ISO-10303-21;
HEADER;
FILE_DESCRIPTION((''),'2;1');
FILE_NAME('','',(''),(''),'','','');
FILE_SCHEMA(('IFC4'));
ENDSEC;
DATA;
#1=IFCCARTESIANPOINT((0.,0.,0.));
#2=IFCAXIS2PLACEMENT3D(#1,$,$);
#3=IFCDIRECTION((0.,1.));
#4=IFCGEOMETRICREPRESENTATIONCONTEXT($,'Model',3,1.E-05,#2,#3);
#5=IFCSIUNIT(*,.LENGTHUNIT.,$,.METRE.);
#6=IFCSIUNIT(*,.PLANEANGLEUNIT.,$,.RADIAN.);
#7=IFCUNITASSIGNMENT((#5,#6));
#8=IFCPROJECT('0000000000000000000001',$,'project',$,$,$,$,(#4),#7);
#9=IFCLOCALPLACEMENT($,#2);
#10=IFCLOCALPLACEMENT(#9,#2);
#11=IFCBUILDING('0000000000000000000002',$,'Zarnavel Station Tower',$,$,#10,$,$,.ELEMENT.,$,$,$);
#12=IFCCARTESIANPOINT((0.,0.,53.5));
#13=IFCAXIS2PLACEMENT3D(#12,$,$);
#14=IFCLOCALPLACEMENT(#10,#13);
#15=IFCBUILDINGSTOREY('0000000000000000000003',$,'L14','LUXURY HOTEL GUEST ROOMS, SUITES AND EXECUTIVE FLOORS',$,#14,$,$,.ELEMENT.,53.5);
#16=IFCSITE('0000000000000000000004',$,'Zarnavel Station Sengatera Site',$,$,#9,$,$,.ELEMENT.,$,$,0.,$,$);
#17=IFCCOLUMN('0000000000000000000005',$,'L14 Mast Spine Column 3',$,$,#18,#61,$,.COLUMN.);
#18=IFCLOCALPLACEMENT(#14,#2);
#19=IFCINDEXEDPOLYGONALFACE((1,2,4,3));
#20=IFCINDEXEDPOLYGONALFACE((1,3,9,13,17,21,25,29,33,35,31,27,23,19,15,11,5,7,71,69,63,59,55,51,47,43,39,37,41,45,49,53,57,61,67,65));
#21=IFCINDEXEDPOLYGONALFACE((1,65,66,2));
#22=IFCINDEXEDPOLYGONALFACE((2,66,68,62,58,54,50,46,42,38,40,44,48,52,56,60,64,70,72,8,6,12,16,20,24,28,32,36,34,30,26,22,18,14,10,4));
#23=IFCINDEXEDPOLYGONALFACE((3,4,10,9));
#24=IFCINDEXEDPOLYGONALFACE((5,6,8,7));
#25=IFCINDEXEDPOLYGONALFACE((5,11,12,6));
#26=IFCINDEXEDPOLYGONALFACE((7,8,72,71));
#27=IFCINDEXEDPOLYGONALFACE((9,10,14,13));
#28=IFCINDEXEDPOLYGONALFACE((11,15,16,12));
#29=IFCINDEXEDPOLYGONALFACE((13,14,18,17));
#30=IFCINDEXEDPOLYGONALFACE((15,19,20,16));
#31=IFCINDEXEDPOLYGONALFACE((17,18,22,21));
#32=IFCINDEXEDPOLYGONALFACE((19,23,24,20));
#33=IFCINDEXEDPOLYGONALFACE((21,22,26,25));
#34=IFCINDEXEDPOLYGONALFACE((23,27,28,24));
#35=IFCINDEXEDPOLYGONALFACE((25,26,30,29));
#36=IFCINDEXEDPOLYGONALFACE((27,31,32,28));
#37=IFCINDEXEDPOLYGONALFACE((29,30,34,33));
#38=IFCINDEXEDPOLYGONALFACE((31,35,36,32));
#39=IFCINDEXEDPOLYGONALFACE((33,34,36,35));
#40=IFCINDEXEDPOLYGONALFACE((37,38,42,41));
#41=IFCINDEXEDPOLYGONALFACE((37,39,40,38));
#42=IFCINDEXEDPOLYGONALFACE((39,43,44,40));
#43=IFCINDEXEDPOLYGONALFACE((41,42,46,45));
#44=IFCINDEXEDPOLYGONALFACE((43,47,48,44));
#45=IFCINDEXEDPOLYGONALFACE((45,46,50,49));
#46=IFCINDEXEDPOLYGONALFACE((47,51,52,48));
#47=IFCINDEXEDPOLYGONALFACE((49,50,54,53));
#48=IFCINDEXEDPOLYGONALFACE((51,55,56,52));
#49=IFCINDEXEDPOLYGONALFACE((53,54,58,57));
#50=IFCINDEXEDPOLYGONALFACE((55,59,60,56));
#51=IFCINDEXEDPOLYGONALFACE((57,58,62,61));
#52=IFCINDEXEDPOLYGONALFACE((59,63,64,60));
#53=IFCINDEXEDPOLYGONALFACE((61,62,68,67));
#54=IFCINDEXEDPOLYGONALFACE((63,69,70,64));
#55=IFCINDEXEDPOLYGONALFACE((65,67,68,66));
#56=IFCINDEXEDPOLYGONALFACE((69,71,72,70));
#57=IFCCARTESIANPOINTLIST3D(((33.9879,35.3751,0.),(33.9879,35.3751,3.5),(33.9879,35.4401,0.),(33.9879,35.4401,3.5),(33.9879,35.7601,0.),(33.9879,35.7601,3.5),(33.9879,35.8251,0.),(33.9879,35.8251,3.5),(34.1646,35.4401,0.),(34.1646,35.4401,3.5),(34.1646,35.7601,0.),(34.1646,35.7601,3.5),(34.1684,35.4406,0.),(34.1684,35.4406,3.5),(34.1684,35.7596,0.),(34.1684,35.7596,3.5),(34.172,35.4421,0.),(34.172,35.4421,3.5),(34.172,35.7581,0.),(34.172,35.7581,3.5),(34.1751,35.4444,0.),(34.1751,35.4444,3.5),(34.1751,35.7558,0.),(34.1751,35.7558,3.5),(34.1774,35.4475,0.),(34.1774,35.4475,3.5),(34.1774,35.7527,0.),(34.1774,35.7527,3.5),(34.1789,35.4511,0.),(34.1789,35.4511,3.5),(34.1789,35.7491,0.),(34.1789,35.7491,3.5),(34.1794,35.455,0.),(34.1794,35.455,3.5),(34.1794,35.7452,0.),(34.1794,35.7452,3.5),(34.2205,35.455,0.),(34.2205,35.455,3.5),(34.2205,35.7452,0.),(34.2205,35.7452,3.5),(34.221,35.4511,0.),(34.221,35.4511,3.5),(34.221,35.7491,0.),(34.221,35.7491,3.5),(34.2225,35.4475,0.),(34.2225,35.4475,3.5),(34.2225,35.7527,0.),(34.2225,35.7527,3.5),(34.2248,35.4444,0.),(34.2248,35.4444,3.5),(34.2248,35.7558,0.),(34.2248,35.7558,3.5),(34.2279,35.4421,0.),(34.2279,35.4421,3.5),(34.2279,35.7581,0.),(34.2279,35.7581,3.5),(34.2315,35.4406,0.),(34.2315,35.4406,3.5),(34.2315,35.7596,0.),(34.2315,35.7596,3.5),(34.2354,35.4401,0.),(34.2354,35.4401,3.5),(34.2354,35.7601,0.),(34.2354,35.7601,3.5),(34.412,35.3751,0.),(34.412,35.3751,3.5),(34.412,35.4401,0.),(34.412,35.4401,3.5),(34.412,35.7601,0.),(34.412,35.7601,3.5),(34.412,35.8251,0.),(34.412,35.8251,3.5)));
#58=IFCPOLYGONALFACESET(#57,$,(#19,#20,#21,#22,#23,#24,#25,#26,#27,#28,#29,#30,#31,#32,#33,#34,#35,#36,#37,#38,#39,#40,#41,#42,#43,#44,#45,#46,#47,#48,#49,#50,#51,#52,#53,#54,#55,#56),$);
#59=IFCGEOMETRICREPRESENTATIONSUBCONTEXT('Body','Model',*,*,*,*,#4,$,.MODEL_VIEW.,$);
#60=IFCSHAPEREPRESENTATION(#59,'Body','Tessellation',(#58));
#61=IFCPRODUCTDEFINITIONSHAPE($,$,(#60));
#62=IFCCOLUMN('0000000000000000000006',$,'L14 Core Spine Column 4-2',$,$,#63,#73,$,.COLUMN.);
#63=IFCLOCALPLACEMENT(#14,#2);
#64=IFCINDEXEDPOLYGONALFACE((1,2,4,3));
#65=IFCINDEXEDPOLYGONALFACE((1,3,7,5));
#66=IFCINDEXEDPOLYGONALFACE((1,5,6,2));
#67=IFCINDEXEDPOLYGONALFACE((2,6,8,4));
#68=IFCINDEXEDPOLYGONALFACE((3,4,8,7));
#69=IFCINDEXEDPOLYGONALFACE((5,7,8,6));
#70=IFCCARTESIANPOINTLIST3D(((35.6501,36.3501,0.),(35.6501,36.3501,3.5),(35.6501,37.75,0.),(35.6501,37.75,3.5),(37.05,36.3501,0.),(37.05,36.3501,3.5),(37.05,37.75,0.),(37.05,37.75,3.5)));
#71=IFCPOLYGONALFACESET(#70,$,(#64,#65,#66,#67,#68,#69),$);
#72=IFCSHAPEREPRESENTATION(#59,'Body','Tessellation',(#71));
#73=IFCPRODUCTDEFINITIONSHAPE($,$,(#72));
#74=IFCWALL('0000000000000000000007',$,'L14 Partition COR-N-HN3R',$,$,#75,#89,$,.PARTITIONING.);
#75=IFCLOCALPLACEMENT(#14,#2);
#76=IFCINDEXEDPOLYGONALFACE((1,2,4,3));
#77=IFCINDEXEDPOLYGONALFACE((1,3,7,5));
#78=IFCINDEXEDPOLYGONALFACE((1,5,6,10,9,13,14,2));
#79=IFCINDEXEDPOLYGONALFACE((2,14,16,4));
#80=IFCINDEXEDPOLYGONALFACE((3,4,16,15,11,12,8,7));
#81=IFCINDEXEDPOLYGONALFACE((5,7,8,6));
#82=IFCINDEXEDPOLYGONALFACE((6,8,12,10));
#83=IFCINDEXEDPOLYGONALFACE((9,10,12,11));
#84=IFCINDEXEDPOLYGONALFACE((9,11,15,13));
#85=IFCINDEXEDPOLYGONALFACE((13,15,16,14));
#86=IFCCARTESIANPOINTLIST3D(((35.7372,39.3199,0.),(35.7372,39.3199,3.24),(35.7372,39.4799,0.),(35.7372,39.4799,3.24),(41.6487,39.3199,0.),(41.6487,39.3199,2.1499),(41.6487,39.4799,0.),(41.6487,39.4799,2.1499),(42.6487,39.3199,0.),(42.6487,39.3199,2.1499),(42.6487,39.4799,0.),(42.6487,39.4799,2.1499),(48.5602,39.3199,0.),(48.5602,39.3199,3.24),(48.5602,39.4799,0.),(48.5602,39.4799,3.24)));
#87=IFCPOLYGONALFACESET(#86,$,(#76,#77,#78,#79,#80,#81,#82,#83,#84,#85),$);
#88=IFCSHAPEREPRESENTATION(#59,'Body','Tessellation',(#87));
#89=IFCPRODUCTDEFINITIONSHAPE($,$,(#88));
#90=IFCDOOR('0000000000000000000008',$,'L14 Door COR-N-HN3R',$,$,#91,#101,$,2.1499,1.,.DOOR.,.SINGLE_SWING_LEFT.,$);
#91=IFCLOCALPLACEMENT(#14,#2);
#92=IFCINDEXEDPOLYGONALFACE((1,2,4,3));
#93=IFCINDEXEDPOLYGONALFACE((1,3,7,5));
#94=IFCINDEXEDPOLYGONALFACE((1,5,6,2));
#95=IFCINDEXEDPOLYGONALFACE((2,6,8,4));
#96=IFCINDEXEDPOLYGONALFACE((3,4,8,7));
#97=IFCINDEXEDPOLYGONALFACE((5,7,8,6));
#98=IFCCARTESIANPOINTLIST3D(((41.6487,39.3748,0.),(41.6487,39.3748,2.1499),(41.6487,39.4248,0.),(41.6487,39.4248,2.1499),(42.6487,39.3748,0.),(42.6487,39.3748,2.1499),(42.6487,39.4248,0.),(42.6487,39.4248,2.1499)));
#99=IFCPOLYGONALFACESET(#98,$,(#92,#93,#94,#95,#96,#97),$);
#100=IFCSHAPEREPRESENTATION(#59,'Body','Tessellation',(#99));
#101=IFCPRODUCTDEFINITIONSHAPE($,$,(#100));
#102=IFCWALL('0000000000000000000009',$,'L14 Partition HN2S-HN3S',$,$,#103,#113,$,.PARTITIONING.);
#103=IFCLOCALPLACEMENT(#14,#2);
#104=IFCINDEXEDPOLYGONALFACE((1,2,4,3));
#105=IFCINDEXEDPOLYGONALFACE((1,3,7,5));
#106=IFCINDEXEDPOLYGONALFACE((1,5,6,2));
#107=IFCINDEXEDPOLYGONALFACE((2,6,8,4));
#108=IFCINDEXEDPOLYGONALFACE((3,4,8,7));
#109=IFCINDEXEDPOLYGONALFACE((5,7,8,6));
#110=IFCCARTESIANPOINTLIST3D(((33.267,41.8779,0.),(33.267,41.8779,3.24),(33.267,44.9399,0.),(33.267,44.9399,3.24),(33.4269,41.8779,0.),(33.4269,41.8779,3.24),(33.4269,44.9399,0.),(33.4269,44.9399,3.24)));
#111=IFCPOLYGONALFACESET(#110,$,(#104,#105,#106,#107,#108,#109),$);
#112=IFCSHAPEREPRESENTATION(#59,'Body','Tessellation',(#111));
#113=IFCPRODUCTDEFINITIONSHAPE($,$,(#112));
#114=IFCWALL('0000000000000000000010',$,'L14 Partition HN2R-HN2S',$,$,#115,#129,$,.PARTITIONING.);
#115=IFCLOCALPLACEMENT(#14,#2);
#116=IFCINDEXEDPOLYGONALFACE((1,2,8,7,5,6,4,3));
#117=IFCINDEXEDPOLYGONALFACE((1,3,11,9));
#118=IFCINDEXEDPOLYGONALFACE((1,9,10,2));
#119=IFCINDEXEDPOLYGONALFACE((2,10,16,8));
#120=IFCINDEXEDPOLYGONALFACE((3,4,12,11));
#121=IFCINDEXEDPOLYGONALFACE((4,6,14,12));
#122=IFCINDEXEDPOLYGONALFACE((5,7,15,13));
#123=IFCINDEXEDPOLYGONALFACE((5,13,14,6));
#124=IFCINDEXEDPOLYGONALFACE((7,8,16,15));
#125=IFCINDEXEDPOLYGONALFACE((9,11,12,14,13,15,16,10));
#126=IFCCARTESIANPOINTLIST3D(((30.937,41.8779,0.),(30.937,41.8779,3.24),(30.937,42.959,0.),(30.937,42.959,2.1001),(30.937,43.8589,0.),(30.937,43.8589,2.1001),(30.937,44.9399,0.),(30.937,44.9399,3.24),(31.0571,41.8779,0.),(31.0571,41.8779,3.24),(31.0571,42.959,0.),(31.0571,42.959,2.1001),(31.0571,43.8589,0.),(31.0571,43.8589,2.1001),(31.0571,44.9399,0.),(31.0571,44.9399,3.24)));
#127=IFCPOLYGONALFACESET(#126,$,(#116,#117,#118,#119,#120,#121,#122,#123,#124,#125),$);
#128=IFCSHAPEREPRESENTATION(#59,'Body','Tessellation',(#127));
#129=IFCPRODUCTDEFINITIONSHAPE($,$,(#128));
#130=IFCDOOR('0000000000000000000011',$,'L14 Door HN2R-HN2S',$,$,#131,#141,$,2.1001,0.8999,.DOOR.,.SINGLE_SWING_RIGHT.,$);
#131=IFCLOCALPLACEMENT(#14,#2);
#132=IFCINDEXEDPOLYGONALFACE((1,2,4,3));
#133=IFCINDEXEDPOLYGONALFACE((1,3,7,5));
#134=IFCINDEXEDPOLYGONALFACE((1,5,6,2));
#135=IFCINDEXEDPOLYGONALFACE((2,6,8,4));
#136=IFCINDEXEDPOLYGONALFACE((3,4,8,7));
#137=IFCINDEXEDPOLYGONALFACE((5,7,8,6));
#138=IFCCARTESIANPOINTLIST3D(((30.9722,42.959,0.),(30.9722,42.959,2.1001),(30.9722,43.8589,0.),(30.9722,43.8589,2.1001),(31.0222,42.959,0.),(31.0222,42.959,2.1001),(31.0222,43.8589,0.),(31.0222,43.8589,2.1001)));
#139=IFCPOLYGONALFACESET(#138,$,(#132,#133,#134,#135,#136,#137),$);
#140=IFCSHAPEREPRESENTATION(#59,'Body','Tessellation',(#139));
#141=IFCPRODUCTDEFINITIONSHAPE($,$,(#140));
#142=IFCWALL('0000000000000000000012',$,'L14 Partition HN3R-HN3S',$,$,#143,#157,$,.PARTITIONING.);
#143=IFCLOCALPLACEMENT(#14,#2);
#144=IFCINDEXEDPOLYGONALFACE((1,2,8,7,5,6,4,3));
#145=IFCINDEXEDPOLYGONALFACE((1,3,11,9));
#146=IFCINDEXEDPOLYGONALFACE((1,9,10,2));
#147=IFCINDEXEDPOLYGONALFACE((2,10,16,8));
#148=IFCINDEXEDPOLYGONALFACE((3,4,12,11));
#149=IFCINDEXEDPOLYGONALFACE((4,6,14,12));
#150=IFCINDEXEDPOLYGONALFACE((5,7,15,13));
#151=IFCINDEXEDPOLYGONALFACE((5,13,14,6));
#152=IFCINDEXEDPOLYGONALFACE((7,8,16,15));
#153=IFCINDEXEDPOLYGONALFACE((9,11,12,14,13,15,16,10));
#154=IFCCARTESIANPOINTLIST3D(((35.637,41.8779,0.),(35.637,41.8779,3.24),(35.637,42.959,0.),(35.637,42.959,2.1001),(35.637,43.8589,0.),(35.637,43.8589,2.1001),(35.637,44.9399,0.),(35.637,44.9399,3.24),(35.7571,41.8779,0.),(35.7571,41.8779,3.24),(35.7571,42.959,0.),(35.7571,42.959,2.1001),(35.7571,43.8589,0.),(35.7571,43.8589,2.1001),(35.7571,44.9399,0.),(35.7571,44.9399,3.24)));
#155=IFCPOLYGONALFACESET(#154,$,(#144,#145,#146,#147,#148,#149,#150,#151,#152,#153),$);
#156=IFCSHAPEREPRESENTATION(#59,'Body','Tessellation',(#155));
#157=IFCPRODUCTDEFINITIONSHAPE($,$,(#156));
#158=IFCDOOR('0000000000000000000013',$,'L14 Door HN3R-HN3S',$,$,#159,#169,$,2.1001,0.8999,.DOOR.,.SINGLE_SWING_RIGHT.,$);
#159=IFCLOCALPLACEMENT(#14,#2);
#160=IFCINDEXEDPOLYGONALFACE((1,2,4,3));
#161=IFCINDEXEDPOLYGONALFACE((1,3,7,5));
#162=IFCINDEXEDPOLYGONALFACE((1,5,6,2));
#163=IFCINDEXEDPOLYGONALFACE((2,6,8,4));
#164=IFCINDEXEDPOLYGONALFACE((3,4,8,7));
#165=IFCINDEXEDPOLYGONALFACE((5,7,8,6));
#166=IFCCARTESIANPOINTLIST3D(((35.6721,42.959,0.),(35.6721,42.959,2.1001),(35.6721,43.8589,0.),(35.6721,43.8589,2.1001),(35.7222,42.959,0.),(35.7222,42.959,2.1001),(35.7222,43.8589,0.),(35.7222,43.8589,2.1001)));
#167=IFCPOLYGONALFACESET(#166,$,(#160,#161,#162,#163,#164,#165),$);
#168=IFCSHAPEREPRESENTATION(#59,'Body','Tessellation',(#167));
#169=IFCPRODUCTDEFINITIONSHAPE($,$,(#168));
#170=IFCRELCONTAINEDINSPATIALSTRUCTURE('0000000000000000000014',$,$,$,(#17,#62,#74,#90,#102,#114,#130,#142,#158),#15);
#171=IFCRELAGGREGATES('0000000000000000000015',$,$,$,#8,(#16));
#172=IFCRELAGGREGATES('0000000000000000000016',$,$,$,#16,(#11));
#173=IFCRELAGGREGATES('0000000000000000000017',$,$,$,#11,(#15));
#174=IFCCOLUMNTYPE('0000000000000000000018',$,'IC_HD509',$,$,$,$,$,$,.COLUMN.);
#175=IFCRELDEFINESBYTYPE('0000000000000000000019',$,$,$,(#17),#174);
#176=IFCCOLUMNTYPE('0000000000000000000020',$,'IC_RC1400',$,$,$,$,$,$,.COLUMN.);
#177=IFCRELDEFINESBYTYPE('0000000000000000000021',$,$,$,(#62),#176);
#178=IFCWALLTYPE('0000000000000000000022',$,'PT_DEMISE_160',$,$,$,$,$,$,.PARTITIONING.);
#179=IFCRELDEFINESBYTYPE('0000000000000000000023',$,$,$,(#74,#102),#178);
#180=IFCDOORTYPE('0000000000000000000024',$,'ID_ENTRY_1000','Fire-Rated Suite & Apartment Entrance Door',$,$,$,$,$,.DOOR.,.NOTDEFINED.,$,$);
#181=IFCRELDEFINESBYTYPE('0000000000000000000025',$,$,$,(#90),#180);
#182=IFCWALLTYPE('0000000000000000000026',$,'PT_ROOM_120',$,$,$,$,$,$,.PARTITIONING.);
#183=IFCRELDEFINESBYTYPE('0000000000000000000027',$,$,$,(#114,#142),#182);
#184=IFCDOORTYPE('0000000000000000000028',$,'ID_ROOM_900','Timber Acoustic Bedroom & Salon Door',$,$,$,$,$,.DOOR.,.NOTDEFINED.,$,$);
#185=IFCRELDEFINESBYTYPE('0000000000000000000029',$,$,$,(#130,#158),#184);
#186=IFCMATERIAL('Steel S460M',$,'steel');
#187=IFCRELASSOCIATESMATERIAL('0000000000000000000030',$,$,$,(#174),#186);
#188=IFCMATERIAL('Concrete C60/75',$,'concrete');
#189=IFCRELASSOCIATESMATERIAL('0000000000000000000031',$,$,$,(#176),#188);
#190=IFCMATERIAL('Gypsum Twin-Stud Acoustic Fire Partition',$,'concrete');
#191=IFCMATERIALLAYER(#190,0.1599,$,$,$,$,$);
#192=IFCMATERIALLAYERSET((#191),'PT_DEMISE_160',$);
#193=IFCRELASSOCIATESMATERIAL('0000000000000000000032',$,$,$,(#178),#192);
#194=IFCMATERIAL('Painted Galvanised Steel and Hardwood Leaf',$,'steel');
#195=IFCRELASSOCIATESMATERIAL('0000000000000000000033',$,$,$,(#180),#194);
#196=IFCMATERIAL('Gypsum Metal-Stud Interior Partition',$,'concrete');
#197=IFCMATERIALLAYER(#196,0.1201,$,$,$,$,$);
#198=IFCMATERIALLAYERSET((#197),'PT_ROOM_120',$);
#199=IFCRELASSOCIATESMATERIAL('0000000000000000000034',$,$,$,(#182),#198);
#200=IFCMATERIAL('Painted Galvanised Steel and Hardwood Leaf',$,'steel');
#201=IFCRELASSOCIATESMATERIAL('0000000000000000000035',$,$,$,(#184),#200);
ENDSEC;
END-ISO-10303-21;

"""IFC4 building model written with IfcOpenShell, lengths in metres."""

from ifc_helpers import new_model, si_unit, direction, frame, frame_2d, origin, origin_2d, place, context, subcontext, project, spatial, rectangle, i_section, extrude, material, layer, layer_set, material_profile, profile_set, type_object, element, fill, save


model = new_model("IFC4")

# Units and contexts
model_context = context("Model", 3, precision=1e-05, world=origin(), true_north=direction((0.0, 1.0)))
body_context = subcontext(model_context, "Body", "Model", "MODEL_VIEW")
ifc_project = project(units=[si_unit("LENGTHUNIT", "METRE"), si_unit("PLANEANGLEUNIT", "RADIAN")], contexts=[model_context])

# Site, building, storey
site_placement = place(None, origin())
site = spatial("IfcSite", under=ifc_project, at=site_placement, Name="Zarnavel Station Sengatera Site", CompositionType="ELEMENT", RefElevation=0.0)
building_placement = place(site_placement, origin())
building = spatial("IfcBuilding", under=site, at=building_placement, Name="Zarnavel Station Tower", CompositionType="ELEMENT")
storey_placement = place(building_placement, frame((0.0, 0.0, 53.5)))
storey = spatial("IfcBuildingStorey", under=building, at=storey_placement, Name="L14", Description="LUXURY HOTEL GUEST ROOMS, SUITES AND EXECUTIVE FLOORS", CompositionType="ELEMENT", Elevation=53.5)

# Columns
ifc_material_1 = material(Name="Steel S460M", Category="steel")
ifc_material_profile_1 = material_profile(ifc_material_1, i_section(OverallWidth=0.4241, OverallDepth=0.45, WebThickness=0.041, FlangeThickness=0.0649, FilletRadius=0.0149, at=origin_2d()), Name="HD400x509")
ifc_profile_set_1 = profile_set([ifc_material_profile_1], Name="Steel S460M")
column_type_1 = type_object("IfcColumnType", Name="IC_HD509", PredefinedType="COLUMN", material=ifc_profile_set_1)
column_1_placement = place(storey_placement, frame((34.2, 35.6001, 0.0), z_axis=(0.0, 0.0, 1.0), x_axis=(1.0, 0.0, 0.0)))
element("IfcColumn", 1, at=column_1_placement, inside=storey, type_object=column_type_1, Name="L14 Mast Spine Column 3", PredefinedType="COLUMN", context=body_context, shape_type="SweptSolid", body=[
    extrude(i_section(OverallWidth=0.4241, OverallDepth=0.45, WebThickness=0.041, FlangeThickness=0.0649, FilletRadius=0.0149, at=origin_2d()), origin(), (0.0, 0.0, 1.0), 3.5),
])
ifc_material_2 = material(Name="Concrete C60/75", Category="concrete")
ifc_material_profile_2 = material_profile(ifc_material_2, rectangle(XDim=1.3999, YDim=1.3999, at=origin_2d()), Name="RC1400x1400")
ifc_profile_set_2 = profile_set([ifc_material_profile_2], Name="Concrete C60/75")
column_type_2 = type_object("IfcColumnType", Name="IC_RC1400", PredefinedType="COLUMN", material=ifc_profile_set_2)
column_2_placement = place(storey_placement, frame((36.3501, 37.05, 0.0), z_axis=(0.0, 0.0, 1.0), x_axis=(1.0, 0.0, 0.0)))
element("IfcColumn", 2, at=column_2_placement, inside=storey, type_object=column_type_2, Name="L14 Core Spine Column 4-2", PredefinedType="COLUMN", context=body_context, shape_type="SweptSolid", body=[
    extrude(rectangle(XDim=1.3999, YDim=1.3999, at=origin_2d()), origin(), (0.0, 0.0, 1.0), 3.5),
])

# Wall, opening, door
ifc_material_3 = material(Name="Gypsum Twin-Stud Acoustic Fire Partition", Category="concrete")
ifc_layer_1 = layer(ifc_material_3, 0.1599)
ifc_layer_set_1 = layer_set([ifc_layer_1], Name="PT_DEMISE_160")
wall_type_1 = type_object("IfcWallType", Name="PT_DEMISE_160", PredefinedType="PARTITIONING", material=ifc_layer_set_1)
wall_1_placement = place(storey_placement, frame((35.7371, 39.3999, 0.0), z_axis=(0.0, 0.0, 1.0), x_axis=(1.0, 0.0, 0.0)))
wall_1 = element("IfcWall", 3, at=wall_1_placement, inside=storey, type_object=wall_type_1, Name="L14 Partition COR-N-HN3R", PredefinedType="PARTITIONING", context=body_context, shape_type="SweptSolid", body=[
    extrude(rectangle(XDim=12.823, YDim=0.1599, at=frame_2d((6.4116, 0.0))), origin(), (0.0, 0.0, 1.0), 3.24),
])
opening_1_placement = place(wall_1_placement, frame((5.9116, 0.0, 0.0)))
opening_1 = element("IfcOpeningElement", 4, at=opening_1_placement, cuts=wall_1, PredefinedType="OPENING", context=body_context, shape_type="SweptSolid", body=[
    extrude(rectangle(XDim=1.0, YDim=2.1499, at=frame_2d((0.5, 1.075))), frame((0.0, 0.0898, 0.0), z_axis=(0.0, -1.0, 0.0), x_axis=(1.0, 0.0, 0.0)), (0.0, 0.0, 1.0), 0.1799),
])
ifc_material_4 = material(Name="Painted Galvanised Steel and Hardwood Leaf", Category="steel")
door_type_1 = type_object("IfcDoorType", Name="ID_ENTRY_1000", Description="Fire-Rated Suite & Apartment Entrance Door", OperationType="NOTDEFINED", PredefinedType="DOOR", material=ifc_material_4)
door_1_placement = place(opening_1_placement, origin())
door_1 = element("IfcDoor", 5, at=door_1_placement, inside=storey, type_object=door_type_1, Name="L14 Door COR-N-HN3R", OperationType="SINGLE_SWING_LEFT", OverallHeight=2.1499, OverallWidth=1.0, PredefinedType="DOOR", context=body_context, shape_type="SweptSolid", body=[
    extrude(rectangle(XDim=1.0, YDim=2.1499, at=frame_2d((0.5, 1.075))), frame((0.0, 0.0249, 0.0), z_axis=(0.0, -1.0, 0.0), x_axis=(1.0, 0.0, 0.0)), (0.0, 0.0, 1.0), 0.05),
])
fill(opening_1, door_1)

# Wall
wall_2_placement = place(storey_placement, frame((33.3469, 41.8779, 0.0), z_axis=(0.0, 0.0, 1.0), x_axis=(0.0, 1.0, 0.0)))
element("IfcWall", 6, at=wall_2_placement, inside=storey, type_object=wall_type_1, Name="L14 Partition HN2S-HN3S", PredefinedType="PARTITIONING", context=body_context, shape_type="SweptSolid", body=[
    extrude(rectangle(XDim=3.062, YDim=0.1599, at=frame_2d((1.531, 0.0))), origin(), (0.0, 0.0, 1.0), 3.24),
])

# Walls, openings, doors
ifc_material_5 = material(Name="Gypsum Metal-Stud Interior Partition", Category="concrete")
ifc_layer_2 = layer(ifc_material_5, 0.1201)
ifc_layer_set_2 = layer_set([ifc_layer_2], Name="PT_ROOM_120")
wall_type_2 = type_object("IfcWallType", Name="PT_ROOM_120", PredefinedType="PARTITIONING", material=ifc_layer_set_2)
wall_3_placement = place(storey_placement, frame((30.9971, 41.8779, 0.0), z_axis=(0.0, 0.0, 1.0), x_axis=(0.0, 1.0, 0.0)))
wall_3 = element("IfcWall", 7, at=wall_3_placement, inside=storey, type_object=wall_type_2, Name="L14 Partition HN2R-HN2S", PredefinedType="PARTITIONING", context=body_context, shape_type="SweptSolid", body=[
    extrude(rectangle(XDim=3.062, YDim=0.1201, at=frame_2d((1.531, 0.0))), origin(), (0.0, 0.0, 1.0), 3.24),
])
opening_2_placement = place(wall_3_placement, frame((1.0811, 0.0, 0.0)))
opening_2 = element("IfcOpeningElement", 8, at=opening_2_placement, cuts=wall_3, PredefinedType="OPENING", context=body_context, shape_type="SweptSolid", body=[
    extrude(rectangle(XDim=0.8999, YDim=2.1001, at=frame_2d((0.45, 1.05))), frame((0.0, 0.0701, 0.0), z_axis=(0.0, -1.0, 0.0), x_axis=(1.0, 0.0, 0.0)), (0.0, 0.0, 1.0), 0.1401),
])
ifc_material_6 = material(Name="Painted Galvanised Steel and Hardwood Leaf", Category="steel")
door_type_2 = type_object("IfcDoorType", Name="ID_ROOM_900", Description="Timber Acoustic Bedroom & Salon Door", OperationType="NOTDEFINED", PredefinedType="DOOR", material=ifc_material_6)
door_2_placement = place(opening_2_placement, origin())
door_2 = element("IfcDoor", 9, at=door_2_placement, inside=storey, type_object=door_type_2, Name="L14 Door HN2R-HN2S", OperationType="SINGLE_SWING_RIGHT", OverallHeight=2.1001, OverallWidth=0.8999, PredefinedType="DOOR", context=body_context, shape_type="SweptSolid", body=[
    extrude(rectangle(XDim=0.8999, YDim=2.1001, at=frame_2d((0.45, 1.05))), frame((0.0, 0.0249, 0.0), z_axis=(0.0, -1.0, 0.0), x_axis=(1.0, 0.0, 0.0)), (0.0, 0.0, 1.0), 0.05),
])
fill(opening_2, door_2)
wall_4_placement = place(storey_placement, frame((35.697, 41.8779, 0.0), z_axis=(0.0, 0.0, 1.0), x_axis=(0.0, 1.0, 0.0)))
wall_4 = element("IfcWall", 10, at=wall_4_placement, inside=storey, type_object=wall_type_2, Name="L14 Partition HN3R-HN3S", PredefinedType="PARTITIONING", context=body_context, shape_type="SweptSolid", body=[
    extrude(rectangle(XDim=3.062, YDim=0.1201, at=frame_2d((1.531, 0.0))), origin(), (0.0, 0.0, 1.0), 3.24),
])
opening_3_placement = place(wall_4_placement, frame((1.0811, 0.0, 0.0)))
opening_3 = element("IfcOpeningElement", 11, at=opening_3_placement, cuts=wall_4, PredefinedType="OPENING", context=body_context, shape_type="SweptSolid", body=[
    extrude(rectangle(XDim=0.8999, YDim=2.1001, at=frame_2d((0.45, 1.05))), frame((0.0, 0.0701, 0.0), z_axis=(0.0, -1.0, 0.0), x_axis=(1.0, 0.0, 0.0)), (0.0, 0.0, 1.0), 0.1401),
])
door_3_placement = place(opening_3_placement, origin())
door_3 = element("IfcDoor", 12, at=door_3_placement, inside=storey, type_object=door_type_2, Name="L14 Door HN3R-HN3S", OperationType="SINGLE_SWING_RIGHT", OverallHeight=2.1001, OverallWidth=0.8999, PredefinedType="DOOR", context=body_context, shape_type="SweptSolid", body=[
    extrude(rectangle(XDim=0.8999, YDim=2.1001, at=frame_2d((0.45, 1.05))), frame((0.0, 0.0249, 0.0), z_axis=(0.0, -1.0, 0.0), x_axis=(1.0, 0.0, 0.0)), (0.0, 0.0, 1.0), 0.05),
])
fill(opening_3, door_3)

save(model, "model.ifc")
